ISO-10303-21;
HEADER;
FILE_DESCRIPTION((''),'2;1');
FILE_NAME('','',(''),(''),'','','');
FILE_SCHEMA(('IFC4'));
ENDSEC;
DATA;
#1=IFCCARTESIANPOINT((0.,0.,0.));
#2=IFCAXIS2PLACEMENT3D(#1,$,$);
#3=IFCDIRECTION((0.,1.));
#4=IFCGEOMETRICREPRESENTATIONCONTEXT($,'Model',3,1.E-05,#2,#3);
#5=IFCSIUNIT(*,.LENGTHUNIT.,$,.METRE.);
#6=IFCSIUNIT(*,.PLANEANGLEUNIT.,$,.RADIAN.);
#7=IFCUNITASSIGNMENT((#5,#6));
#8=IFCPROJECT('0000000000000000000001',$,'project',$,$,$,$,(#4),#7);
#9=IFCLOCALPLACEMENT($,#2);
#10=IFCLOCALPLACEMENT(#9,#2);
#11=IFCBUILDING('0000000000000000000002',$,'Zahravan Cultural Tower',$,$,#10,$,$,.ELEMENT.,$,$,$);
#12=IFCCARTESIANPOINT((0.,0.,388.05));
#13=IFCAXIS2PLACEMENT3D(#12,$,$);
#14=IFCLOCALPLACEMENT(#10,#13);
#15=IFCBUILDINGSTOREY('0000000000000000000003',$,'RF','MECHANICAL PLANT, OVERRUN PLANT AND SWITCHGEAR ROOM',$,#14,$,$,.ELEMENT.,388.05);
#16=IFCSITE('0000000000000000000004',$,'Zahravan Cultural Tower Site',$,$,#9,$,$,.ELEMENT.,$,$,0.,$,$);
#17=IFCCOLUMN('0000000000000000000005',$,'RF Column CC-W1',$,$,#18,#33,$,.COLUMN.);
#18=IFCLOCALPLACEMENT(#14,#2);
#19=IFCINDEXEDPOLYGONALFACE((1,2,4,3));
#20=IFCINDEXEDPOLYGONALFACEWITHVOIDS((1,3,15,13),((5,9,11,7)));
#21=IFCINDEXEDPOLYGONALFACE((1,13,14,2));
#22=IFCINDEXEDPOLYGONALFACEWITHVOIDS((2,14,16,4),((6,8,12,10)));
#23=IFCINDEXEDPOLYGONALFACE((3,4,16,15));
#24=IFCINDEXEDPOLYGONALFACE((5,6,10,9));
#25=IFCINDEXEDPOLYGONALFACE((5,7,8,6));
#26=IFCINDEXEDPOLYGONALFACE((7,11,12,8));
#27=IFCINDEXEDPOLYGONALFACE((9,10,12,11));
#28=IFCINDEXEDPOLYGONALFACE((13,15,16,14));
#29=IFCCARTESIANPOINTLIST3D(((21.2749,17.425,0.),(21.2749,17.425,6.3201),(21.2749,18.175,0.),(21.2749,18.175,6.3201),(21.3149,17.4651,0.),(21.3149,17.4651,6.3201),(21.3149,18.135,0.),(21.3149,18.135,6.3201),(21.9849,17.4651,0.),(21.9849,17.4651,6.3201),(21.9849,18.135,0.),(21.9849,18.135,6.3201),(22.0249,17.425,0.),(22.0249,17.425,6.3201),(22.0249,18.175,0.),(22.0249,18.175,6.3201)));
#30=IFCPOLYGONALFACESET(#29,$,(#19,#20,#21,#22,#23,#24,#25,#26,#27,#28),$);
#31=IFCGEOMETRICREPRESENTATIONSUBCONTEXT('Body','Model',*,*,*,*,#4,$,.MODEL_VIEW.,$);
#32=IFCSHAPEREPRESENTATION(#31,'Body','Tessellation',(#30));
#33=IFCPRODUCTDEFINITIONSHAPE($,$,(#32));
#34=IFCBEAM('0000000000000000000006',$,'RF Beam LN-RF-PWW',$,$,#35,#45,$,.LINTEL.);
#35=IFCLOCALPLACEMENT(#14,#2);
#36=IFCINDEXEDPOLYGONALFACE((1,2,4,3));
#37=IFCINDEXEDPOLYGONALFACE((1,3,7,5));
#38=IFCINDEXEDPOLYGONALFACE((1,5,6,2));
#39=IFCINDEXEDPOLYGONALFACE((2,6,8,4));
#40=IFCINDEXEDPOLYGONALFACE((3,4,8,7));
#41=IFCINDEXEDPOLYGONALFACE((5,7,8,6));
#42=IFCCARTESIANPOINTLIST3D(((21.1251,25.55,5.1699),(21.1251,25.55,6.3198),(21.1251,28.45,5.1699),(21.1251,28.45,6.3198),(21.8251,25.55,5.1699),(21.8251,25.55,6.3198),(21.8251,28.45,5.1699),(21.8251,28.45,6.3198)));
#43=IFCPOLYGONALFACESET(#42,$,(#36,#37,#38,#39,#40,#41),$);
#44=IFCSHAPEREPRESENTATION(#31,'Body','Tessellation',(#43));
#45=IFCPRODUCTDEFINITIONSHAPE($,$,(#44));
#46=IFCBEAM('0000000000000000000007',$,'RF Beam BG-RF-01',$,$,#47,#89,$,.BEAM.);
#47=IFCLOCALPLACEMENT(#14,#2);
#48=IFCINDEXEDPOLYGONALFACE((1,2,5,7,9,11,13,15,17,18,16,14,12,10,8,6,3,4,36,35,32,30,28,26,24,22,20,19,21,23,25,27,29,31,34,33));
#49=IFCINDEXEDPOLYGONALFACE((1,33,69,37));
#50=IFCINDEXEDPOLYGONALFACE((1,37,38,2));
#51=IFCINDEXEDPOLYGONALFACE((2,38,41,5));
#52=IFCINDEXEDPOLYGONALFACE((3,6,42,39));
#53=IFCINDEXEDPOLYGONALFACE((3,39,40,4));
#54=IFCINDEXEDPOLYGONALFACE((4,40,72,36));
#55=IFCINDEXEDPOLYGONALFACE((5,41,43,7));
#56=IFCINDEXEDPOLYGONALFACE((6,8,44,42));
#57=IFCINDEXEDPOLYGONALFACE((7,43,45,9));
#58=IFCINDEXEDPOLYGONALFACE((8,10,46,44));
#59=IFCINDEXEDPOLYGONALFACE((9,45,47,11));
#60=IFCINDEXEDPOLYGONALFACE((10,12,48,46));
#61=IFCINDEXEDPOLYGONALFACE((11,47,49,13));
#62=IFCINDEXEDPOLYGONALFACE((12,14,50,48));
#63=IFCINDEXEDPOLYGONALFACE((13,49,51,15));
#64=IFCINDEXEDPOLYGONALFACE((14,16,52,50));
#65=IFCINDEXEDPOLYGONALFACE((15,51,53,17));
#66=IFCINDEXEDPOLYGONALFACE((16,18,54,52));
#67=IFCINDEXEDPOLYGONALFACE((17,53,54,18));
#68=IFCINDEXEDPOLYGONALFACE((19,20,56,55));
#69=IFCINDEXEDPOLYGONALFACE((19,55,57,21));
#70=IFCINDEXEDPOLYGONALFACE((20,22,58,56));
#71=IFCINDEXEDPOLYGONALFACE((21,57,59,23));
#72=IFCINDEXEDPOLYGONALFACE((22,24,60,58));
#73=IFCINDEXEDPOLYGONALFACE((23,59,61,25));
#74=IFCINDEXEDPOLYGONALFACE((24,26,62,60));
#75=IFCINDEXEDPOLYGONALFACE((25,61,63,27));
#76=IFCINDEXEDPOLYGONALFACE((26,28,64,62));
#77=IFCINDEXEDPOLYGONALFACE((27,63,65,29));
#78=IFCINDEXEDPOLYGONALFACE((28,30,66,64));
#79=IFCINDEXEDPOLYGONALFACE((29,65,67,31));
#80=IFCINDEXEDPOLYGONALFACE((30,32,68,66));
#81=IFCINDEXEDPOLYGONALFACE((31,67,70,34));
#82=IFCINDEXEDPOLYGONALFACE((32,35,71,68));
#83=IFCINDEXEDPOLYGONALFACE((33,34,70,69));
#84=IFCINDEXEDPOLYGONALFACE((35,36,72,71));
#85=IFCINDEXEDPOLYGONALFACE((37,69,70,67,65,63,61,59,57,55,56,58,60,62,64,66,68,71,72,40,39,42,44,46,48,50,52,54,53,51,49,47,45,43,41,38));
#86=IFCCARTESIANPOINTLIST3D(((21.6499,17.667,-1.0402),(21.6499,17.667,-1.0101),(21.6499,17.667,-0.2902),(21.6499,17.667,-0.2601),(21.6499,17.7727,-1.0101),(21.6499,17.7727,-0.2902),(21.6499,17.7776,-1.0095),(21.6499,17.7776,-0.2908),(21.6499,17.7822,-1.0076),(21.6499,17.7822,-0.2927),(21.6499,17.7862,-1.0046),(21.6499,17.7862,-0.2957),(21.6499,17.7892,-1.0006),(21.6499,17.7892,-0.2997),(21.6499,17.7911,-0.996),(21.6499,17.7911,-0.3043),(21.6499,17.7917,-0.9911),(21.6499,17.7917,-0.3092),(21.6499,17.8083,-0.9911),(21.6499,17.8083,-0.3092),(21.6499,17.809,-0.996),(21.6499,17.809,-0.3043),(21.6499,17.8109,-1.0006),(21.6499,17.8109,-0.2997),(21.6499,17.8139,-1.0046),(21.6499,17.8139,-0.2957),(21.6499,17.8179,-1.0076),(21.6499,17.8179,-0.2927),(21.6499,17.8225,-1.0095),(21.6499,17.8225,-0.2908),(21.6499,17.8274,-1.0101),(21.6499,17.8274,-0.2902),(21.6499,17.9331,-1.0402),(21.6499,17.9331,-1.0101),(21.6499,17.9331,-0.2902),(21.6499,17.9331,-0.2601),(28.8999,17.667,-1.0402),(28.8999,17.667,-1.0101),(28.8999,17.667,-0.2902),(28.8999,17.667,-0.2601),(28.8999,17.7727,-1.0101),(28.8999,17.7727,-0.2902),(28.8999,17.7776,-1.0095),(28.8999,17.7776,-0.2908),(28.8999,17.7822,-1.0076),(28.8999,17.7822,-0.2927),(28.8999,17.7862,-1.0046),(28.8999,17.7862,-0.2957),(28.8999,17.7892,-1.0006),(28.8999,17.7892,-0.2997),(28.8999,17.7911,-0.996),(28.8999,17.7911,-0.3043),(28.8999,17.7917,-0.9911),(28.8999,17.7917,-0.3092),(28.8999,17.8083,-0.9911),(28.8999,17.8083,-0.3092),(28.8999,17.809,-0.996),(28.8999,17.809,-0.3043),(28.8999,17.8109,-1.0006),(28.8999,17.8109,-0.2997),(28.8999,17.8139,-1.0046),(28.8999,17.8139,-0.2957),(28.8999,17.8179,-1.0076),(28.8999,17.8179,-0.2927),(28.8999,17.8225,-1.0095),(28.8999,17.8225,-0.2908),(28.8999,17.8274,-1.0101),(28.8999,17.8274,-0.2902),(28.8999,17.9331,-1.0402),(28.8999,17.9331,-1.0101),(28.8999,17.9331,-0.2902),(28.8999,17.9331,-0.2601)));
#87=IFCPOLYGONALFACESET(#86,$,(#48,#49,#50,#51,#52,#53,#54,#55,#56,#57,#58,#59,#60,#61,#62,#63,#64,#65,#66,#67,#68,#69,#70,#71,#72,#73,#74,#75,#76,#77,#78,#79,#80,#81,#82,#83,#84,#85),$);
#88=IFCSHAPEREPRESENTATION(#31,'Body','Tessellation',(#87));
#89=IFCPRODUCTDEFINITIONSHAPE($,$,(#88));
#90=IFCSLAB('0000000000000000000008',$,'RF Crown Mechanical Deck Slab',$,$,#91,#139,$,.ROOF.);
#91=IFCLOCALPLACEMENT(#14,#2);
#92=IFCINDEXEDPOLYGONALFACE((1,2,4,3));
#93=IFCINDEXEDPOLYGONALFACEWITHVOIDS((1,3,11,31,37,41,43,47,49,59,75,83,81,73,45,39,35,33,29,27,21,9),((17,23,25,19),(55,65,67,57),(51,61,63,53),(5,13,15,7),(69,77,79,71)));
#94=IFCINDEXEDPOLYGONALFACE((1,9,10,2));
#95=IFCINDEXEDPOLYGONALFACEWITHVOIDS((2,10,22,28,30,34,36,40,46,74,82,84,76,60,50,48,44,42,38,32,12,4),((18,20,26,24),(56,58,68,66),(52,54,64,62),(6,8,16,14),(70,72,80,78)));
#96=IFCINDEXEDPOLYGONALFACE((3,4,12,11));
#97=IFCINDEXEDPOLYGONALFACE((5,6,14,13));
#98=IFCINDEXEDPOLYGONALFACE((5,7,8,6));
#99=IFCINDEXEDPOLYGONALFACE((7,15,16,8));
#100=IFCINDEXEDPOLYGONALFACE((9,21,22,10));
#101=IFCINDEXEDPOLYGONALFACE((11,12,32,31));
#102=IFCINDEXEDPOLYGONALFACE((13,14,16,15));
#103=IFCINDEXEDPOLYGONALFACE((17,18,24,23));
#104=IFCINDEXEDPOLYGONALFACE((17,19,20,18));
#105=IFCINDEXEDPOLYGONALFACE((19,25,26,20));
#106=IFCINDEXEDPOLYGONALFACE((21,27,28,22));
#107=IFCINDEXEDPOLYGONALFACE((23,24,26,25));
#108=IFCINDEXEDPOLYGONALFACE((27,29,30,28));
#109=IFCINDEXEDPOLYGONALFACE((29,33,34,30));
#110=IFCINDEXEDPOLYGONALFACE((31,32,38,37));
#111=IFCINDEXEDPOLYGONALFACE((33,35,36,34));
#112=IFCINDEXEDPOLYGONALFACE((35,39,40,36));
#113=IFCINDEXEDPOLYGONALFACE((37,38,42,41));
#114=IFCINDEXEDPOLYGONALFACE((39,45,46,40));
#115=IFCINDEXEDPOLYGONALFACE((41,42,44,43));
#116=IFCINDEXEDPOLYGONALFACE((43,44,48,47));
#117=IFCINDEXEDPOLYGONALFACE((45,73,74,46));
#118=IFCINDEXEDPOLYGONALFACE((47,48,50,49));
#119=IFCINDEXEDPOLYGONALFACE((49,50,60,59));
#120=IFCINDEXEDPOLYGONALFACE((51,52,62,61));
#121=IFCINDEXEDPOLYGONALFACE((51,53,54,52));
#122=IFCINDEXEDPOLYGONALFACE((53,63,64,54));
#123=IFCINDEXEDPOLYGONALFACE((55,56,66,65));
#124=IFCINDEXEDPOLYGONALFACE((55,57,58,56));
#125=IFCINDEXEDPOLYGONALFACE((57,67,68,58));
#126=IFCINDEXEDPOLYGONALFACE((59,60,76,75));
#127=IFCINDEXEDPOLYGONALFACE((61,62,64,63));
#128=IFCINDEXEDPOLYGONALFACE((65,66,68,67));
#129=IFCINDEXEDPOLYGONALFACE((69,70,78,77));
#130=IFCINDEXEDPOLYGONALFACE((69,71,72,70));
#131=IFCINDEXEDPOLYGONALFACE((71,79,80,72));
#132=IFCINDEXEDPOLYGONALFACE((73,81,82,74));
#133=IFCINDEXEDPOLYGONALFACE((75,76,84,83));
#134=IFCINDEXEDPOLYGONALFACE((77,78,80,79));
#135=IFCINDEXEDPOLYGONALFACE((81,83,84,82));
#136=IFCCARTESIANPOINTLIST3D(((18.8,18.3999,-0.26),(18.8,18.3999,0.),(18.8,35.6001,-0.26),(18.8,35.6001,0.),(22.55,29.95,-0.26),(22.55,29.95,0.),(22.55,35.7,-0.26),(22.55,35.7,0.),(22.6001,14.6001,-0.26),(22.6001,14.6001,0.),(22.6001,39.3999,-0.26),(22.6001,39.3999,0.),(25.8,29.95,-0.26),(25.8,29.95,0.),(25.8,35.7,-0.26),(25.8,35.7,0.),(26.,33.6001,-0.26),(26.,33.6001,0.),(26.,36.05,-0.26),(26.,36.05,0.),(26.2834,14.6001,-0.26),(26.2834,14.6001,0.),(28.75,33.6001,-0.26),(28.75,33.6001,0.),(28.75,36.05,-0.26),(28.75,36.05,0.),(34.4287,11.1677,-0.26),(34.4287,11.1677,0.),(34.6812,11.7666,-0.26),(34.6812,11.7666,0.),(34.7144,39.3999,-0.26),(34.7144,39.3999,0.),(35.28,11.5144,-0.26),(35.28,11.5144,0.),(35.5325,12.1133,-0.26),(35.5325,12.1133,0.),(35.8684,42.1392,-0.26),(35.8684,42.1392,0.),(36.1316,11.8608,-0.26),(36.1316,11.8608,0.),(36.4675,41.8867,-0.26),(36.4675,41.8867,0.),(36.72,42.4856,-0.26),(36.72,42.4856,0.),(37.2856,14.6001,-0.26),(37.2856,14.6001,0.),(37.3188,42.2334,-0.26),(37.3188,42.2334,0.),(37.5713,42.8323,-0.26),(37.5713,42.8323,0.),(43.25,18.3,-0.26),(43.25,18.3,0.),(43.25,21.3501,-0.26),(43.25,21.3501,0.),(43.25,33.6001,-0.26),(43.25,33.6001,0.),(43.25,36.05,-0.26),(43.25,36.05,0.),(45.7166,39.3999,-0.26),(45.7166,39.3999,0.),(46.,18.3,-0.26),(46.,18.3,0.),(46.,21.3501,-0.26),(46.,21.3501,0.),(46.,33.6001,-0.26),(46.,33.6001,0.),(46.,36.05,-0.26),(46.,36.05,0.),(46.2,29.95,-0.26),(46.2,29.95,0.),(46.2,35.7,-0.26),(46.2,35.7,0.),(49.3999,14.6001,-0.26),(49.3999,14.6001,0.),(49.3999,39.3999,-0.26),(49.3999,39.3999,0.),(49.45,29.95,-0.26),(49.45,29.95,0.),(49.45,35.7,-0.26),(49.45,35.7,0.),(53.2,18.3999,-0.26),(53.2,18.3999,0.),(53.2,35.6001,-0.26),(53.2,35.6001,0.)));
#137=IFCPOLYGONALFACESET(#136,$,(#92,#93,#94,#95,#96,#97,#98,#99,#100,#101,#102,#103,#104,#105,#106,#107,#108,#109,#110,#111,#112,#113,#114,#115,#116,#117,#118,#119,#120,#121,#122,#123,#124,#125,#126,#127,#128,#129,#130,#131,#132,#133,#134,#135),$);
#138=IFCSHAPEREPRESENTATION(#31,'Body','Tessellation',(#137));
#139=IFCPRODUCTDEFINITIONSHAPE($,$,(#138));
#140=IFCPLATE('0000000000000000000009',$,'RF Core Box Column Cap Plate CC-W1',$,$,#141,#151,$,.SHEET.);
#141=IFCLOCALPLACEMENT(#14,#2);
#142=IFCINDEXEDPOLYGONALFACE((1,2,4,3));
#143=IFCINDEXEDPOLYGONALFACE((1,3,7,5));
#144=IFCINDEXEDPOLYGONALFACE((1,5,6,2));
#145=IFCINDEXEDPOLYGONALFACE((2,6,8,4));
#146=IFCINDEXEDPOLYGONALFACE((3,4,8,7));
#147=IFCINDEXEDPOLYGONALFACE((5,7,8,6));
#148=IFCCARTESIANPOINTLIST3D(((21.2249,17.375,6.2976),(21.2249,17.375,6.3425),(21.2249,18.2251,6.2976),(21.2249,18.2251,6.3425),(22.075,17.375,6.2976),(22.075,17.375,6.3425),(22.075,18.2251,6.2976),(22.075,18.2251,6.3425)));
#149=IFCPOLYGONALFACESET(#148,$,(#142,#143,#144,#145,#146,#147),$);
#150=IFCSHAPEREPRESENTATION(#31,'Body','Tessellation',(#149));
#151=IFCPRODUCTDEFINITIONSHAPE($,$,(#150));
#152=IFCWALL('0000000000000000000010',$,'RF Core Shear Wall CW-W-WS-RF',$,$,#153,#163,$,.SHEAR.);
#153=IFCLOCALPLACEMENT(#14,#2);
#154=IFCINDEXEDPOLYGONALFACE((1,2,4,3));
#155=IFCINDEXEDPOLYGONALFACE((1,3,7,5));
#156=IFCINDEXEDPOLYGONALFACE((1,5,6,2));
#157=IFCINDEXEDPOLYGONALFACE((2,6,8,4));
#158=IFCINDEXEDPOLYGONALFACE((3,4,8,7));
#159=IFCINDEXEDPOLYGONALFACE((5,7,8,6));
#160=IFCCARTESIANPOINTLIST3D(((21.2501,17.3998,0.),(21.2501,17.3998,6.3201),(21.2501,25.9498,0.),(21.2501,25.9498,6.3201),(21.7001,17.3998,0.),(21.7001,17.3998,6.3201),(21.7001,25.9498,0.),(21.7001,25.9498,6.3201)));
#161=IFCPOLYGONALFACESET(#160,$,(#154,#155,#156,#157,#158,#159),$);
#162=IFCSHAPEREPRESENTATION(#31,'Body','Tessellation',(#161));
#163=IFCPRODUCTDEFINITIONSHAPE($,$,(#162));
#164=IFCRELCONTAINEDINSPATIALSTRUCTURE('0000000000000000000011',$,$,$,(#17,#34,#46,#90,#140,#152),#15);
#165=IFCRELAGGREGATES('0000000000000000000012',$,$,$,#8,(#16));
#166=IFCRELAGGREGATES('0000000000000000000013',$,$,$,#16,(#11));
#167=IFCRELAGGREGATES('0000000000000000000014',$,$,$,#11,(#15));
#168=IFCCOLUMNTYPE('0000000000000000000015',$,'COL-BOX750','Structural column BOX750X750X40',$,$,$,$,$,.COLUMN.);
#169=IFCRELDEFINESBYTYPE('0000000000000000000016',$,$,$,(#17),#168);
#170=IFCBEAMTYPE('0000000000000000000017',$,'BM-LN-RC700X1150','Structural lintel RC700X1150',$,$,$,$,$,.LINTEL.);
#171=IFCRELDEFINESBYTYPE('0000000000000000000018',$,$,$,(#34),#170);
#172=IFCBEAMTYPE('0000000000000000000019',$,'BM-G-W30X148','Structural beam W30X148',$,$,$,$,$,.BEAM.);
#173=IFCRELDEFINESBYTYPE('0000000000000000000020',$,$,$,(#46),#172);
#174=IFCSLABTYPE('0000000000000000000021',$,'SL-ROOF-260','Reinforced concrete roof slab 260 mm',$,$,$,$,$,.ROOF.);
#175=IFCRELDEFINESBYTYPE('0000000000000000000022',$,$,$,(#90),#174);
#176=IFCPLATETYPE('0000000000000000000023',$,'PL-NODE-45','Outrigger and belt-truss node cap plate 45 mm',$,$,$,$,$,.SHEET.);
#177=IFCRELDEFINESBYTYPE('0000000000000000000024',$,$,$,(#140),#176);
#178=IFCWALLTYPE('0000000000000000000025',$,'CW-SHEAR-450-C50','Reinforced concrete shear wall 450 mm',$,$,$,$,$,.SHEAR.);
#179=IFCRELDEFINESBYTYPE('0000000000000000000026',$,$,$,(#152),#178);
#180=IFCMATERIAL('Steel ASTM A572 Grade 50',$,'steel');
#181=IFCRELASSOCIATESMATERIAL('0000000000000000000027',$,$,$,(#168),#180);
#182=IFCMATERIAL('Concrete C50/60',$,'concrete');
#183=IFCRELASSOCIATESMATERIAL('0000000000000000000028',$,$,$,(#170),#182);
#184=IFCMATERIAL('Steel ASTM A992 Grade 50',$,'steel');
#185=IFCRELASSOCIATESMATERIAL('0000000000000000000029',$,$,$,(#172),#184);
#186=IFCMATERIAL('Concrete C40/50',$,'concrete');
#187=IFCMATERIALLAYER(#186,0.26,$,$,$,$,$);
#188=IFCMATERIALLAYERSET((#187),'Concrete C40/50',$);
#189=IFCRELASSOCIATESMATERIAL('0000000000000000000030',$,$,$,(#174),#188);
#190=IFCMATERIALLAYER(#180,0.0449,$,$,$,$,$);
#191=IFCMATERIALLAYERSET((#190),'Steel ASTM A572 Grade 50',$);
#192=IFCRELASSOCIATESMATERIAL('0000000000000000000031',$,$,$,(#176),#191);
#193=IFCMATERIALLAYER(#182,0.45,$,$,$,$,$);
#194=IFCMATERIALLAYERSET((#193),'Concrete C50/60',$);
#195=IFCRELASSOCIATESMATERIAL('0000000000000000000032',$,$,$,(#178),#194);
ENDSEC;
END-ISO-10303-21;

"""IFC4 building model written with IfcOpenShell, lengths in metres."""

from ifc_helpers import new_model, si_unit, direction, frame, frame_2d, origin, origin_2d, place, context, subcontext, project, spatial, polyline, rectangle, hollow_rectangle, i_section, outline, extrude, source, transform, mapped, material, layer, layer_set, material_profile, profile_set, type_object, element, save


model = new_model("IFC4")

# Units and contexts
model_context = context("Model", 3, precision=1e-05, world=origin(), true_north=direction((0.0, 1.0)))
body_context = subcontext(model_context, "Body", "Model", "MODEL_VIEW")
ifc_project = project(units=[si_unit("LENGTHUNIT", "METRE"), si_unit("PLANEANGLEUNIT", "RADIAN")], contexts=[model_context])

# Site, building, storey
site_placement = place(None, origin())
site = spatial("IfcSite", under=ifc_project, at=site_placement, Name="Zahravan Cultural Tower Site", CompositionType="ELEMENT", RefElevation=0.0)
building_placement = place(site_placement, origin())
building = spatial("IfcBuilding", under=site, at=building_placement, Name="Zahravan Cultural Tower", CompositionType="ELEMENT")
storey_placement = place(building_placement, frame((0.0, 0.0, 388.05)))
storey = spatial("IfcBuildingStorey", under=building, at=storey_placement, Name="RF", Description="MECHANICAL PLANT, OVERRUN PLANT AND SWITCHGEAR ROOM", CompositionType="ELEMENT", Elevation=388.05)

# Column
ifc_material_1 = material(Name="Steel ASTM A572 Grade 50", Category="steel")
ifc_material_profile_1 = material_profile(ifc_material_1, hollow_rectangle(XDim=0.75, YDim=0.75, WallThickness=0.04, at=origin_2d()), Name="BOX750X750X40")
ifc_profile_set_1 = profile_set([ifc_material_profile_1], Name="Steel ASTM A572 Grade 50")
column_type = type_object("IfcColumnType", Name="COL-BOX750", Description="Structural column BOX750X750X40", PredefinedType="COLUMN", material=ifc_profile_set_1)
shared_shape_1 = source(origin(), body_context, "Body", "SweptSolid", [
    extrude(hollow_rectangle(XDim=0.75, YDim=0.75, WallThickness=0.04, at=origin_2d()), origin(), (0.0, 0.0, 1.0), 6.3201),
])
column_placement = place(storey_placement, frame((21.6499, 17.8, 0.0), z_axis=(0.0, 0.0, 1.0), x_axis=(1.0, 0.0, 0.0)))
element("IfcColumn", 1, at=column_placement, inside=storey, type_object=column_type, Name="RF Column CC-W1", PredefinedType="COLUMN", context=body_context, shape_type="MappedRepresentation", body=[
    mapped(shared_shape_1, transform((0.0, 0.0, 0.0), x_axis=(1.0, 0.0, 0.0), y_axis=(0.0, 1.0, 0.0), z_axis=(0.0, 0.0, 1.0), scale=1.0)),
])

# Beams
ifc_material_2 = material(Name="Concrete C50/60", Category="concrete")
ifc_material_profile_2 = material_profile(ifc_material_2, rectangle(XDim=0.7, YDim=1.1499, at=origin_2d()), Name="RC700X1150")
ifc_profile_set_2 = profile_set([ifc_material_profile_2], Name="Concrete C50/60")
beam_type_1 = type_object("IfcBeamType", Name="BM-LN-RC700X1150", Description="Structural lintel RC700X1150", PredefinedType="LINTEL", material=ifc_profile_set_2)
shared_shape_2 = source(origin(), body_context, "Body", "SweptSolid", [
    extrude(rectangle(XDim=0.7, YDim=1.1499, at=origin_2d()), origin(), (0.0, 0.0, 1.0), 2.8999),
])
beam_1_placement = place(storey_placement, frame((21.4751, 25.55, 5.7449), z_axis=(0.0, 1.0, 0.0), x_axis=(-1.0, 0.0, 0.0)))
element("IfcBeam", 2, at=beam_1_placement, inside=storey, type_object=beam_type_1, Name="RF Beam LN-RF-PWW", PredefinedType="LINTEL", context=body_context, shape_type="MappedRepresentation", body=[
    mapped(shared_shape_2, transform((0.0, 0.0, 0.0), x_axis=(1.0, 0.0, 0.0), y_axis=(0.0, 1.0, 0.0), z_axis=(0.0, 0.0, 1.0), scale=1.0)),
])
ifc_material_3 = material(Name="Steel ASTM A992 Grade 50", Category="steel")
ifc_material_profile_3 = material_profile(ifc_material_3, i_section(OverallWidth=0.2661, OverallDepth=0.78, WebThickness=0.0166, FlangeThickness=0.03, FilletRadius=0.019, at=origin_2d()), Name="W30X148")
ifc_profile_set_3 = profile_set([ifc_material_profile_3], Name="Steel ASTM A992 Grade 50")
beam_type_2 = type_object("IfcBeamType", Name="BM-G-W30X148", Description="Structural beam W30X148", PredefinedType="BEAM", material=ifc_profile_set_3)
shared_shape_3 = source(origin(), body_context, "Body", "SweptSolid", [
    extrude(i_section(OverallWidth=0.2661, OverallDepth=0.78, WebThickness=0.0166, FlangeThickness=0.03, FilletRadius=0.019, at=origin_2d()), origin(), (0.0, 0.0, 1.0), 7.25),
])
beam_2_placement = place(storey_placement, frame((21.6499, 17.8, -0.6501), z_axis=(1.0, 0.0, 0.0), x_axis=(0.0, 1.0, 0.0)))
element("IfcBeam", 3, at=beam_2_placement, inside=storey, type_object=beam_type_2, Name="RF Beam BG-RF-01", PredefinedType="BEAM", context=body_context, shape_type="MappedRepresentation", body=[
    mapped(shared_shape_3, transform((0.0, 0.0, 0.0), x_axis=(1.0, 0.0, 0.0), y_axis=(0.0, 1.0, 0.0), z_axis=(0.0, 0.0, 1.0), scale=1.0)),
])

# Slab
ifc_material_4 = material(Name="Concrete C40/50", Category="concrete")
ifc_layer_1 = layer(ifc_material_4, 0.26)
ifc_layer_set_1 = layer_set([ifc_layer_1], Name="Concrete C40/50")
slab_type = type_object("IfcSlabType", Name="SL-ROOF-260", Description="Reinforced concrete roof slab 260 mm", PredefinedType="ROOF", material=ifc_layer_set_1)
slab_placement = place(storey_placement, frame((0.0, 0.0, -0.26)))
element("IfcSlab", 4, at=slab_placement, inside=storey, type_object=slab_type, Name="RF Crown Mechanical Deck Slab", PredefinedType="ROOF", context=body_context, shape_type="SweptSolid", body=[
    extrude(outline(polyline([(34.7144, 39.3999), (22.6001, 39.3999), (18.8, 35.6001), (18.8, 18.3999), (22.6001, 14.6001), (26.2834, 14.6001), (34.4287, 11.1677), (34.6812, 11.7666), (35.28, 11.5144), (35.5325, 12.1133), (36.1316, 11.8608), (37.2856, 14.6001), (49.3999, 14.6001), (53.2, 18.3999), (53.2, 35.6001), (49.3999, 39.3999), (45.7166, 39.3999), (37.5713, 42.8323), (37.3188, 42.2334), (36.72, 42.4856), (36.4675, 41.8867), (35.8684, 42.1392), (34.7144, 39.3999)]), holes=[polyline([(22.55, 29.95), (22.55, 35.7), (25.8, 35.7), (25.8, 29.95), (22.55, 29.95)]), polyline([(46.2, 29.95), (46.2, 35.7), (49.45, 35.7), (49.45, 29.95), (46.2, 29.95)]), polyline([(26.0, 33.6001), (26.0, 36.05), (28.75, 36.05), (28.75, 33.6001), (26.0, 33.6001)]), polyline([(43.25, 33.6001), (43.25, 36.05), (46.0, 36.05), (46.0, 33.6001), (43.25, 33.6001)]), polyline([(43.25, 18.3), (43.25, 21.3501), (46.0, 21.3501), (46.0, 18.3), (43.25, 18.3)])]), origin(), (0.0, 0.0, 1.0), 0.26),
])

# Plate
ifc_layer_2 = layer(ifc_material_1, 0.0449)
ifc_layer_set_2 = layer_set([ifc_layer_2], Name="Steel ASTM A572 Grade 50")
plate_type = type_object("IfcPlateType", Name="PL-NODE-45", Description="Outrigger and belt-truss node cap plate 45 mm", PredefinedType="SHEET", material=ifc_layer_set_2)
shared_shape_4 = source(origin(), body_context, "Body", "SweptSolid", [
    extrude(rectangle(XDim=0.8501, YDim=0.8501, at=origin_2d()), origin(), (0.0, 0.0, 1.0), 0.0449),
])
plate_placement = place(storey_placement, frame((21.6499, 17.8, 6.2976), z_axis=(0.0, 0.0, 1.0), x_axis=(1.0, 0.0, 0.0)))
element("IfcPlate", 5, at=plate_placement, inside=storey, type_object=plate_type, Name="RF Core Box Column Cap Plate CC-W1", PredefinedType="SHEET", context=body_context, shape_type="MappedRepresentation", body=[
    mapped(shared_shape_4, transform((0.0, 0.0, 0.0), x_axis=(1.0, 0.0, 0.0), y_axis=(0.0, 1.0, 0.0), z_axis=(0.0, 0.0, 1.0), scale=1.0)),
])

# Wall
ifc_layer_3 = layer(ifc_material_2, 0.45)
ifc_layer_set_3 = layer_set([ifc_layer_3], Name="Concrete C50/60")
wall_type_1 = type_object("IfcWallType", Name="CW-SHEAR-450-C50", Description="Reinforced concrete shear wall 450 mm", PredefinedType="SHEAR", material=ifc_layer_set_3)
shared_shape_5 = source(origin(), body_context, "Body", "SweptSolid", [
    extrude(rectangle(XDim=8.55, YDim=0.45, at=frame_2d((4.2749, 0.0))), origin(), (0.0, 0.0, 1.0), 6.3201),
])
wall_1_placement = place(storey_placement, frame((21.4751, 17.3999, 0.0), z_axis=(0.0, 0.0, 1.0), x_axis=(0.0, 1.0, 0.0)))
element("IfcWall", 6, at=wall_1_placement, inside=storey, type_object=wall_type_1, Name="RF Core Shear Wall CW-W-WS-RF", PredefinedType="SHEAR", context=body_context, shape_type="MappedRepresentation", body=[
    mapped(shared_shape_5, transform((0.0, 0.0, 0.0), x_axis=(1.0, 0.0, 0.0), y_axis=(0.0, 1.0, 0.0), z_axis=(0.0, 0.0, 1.0), scale=1.0)),
])

save(model, "model.ifc")
